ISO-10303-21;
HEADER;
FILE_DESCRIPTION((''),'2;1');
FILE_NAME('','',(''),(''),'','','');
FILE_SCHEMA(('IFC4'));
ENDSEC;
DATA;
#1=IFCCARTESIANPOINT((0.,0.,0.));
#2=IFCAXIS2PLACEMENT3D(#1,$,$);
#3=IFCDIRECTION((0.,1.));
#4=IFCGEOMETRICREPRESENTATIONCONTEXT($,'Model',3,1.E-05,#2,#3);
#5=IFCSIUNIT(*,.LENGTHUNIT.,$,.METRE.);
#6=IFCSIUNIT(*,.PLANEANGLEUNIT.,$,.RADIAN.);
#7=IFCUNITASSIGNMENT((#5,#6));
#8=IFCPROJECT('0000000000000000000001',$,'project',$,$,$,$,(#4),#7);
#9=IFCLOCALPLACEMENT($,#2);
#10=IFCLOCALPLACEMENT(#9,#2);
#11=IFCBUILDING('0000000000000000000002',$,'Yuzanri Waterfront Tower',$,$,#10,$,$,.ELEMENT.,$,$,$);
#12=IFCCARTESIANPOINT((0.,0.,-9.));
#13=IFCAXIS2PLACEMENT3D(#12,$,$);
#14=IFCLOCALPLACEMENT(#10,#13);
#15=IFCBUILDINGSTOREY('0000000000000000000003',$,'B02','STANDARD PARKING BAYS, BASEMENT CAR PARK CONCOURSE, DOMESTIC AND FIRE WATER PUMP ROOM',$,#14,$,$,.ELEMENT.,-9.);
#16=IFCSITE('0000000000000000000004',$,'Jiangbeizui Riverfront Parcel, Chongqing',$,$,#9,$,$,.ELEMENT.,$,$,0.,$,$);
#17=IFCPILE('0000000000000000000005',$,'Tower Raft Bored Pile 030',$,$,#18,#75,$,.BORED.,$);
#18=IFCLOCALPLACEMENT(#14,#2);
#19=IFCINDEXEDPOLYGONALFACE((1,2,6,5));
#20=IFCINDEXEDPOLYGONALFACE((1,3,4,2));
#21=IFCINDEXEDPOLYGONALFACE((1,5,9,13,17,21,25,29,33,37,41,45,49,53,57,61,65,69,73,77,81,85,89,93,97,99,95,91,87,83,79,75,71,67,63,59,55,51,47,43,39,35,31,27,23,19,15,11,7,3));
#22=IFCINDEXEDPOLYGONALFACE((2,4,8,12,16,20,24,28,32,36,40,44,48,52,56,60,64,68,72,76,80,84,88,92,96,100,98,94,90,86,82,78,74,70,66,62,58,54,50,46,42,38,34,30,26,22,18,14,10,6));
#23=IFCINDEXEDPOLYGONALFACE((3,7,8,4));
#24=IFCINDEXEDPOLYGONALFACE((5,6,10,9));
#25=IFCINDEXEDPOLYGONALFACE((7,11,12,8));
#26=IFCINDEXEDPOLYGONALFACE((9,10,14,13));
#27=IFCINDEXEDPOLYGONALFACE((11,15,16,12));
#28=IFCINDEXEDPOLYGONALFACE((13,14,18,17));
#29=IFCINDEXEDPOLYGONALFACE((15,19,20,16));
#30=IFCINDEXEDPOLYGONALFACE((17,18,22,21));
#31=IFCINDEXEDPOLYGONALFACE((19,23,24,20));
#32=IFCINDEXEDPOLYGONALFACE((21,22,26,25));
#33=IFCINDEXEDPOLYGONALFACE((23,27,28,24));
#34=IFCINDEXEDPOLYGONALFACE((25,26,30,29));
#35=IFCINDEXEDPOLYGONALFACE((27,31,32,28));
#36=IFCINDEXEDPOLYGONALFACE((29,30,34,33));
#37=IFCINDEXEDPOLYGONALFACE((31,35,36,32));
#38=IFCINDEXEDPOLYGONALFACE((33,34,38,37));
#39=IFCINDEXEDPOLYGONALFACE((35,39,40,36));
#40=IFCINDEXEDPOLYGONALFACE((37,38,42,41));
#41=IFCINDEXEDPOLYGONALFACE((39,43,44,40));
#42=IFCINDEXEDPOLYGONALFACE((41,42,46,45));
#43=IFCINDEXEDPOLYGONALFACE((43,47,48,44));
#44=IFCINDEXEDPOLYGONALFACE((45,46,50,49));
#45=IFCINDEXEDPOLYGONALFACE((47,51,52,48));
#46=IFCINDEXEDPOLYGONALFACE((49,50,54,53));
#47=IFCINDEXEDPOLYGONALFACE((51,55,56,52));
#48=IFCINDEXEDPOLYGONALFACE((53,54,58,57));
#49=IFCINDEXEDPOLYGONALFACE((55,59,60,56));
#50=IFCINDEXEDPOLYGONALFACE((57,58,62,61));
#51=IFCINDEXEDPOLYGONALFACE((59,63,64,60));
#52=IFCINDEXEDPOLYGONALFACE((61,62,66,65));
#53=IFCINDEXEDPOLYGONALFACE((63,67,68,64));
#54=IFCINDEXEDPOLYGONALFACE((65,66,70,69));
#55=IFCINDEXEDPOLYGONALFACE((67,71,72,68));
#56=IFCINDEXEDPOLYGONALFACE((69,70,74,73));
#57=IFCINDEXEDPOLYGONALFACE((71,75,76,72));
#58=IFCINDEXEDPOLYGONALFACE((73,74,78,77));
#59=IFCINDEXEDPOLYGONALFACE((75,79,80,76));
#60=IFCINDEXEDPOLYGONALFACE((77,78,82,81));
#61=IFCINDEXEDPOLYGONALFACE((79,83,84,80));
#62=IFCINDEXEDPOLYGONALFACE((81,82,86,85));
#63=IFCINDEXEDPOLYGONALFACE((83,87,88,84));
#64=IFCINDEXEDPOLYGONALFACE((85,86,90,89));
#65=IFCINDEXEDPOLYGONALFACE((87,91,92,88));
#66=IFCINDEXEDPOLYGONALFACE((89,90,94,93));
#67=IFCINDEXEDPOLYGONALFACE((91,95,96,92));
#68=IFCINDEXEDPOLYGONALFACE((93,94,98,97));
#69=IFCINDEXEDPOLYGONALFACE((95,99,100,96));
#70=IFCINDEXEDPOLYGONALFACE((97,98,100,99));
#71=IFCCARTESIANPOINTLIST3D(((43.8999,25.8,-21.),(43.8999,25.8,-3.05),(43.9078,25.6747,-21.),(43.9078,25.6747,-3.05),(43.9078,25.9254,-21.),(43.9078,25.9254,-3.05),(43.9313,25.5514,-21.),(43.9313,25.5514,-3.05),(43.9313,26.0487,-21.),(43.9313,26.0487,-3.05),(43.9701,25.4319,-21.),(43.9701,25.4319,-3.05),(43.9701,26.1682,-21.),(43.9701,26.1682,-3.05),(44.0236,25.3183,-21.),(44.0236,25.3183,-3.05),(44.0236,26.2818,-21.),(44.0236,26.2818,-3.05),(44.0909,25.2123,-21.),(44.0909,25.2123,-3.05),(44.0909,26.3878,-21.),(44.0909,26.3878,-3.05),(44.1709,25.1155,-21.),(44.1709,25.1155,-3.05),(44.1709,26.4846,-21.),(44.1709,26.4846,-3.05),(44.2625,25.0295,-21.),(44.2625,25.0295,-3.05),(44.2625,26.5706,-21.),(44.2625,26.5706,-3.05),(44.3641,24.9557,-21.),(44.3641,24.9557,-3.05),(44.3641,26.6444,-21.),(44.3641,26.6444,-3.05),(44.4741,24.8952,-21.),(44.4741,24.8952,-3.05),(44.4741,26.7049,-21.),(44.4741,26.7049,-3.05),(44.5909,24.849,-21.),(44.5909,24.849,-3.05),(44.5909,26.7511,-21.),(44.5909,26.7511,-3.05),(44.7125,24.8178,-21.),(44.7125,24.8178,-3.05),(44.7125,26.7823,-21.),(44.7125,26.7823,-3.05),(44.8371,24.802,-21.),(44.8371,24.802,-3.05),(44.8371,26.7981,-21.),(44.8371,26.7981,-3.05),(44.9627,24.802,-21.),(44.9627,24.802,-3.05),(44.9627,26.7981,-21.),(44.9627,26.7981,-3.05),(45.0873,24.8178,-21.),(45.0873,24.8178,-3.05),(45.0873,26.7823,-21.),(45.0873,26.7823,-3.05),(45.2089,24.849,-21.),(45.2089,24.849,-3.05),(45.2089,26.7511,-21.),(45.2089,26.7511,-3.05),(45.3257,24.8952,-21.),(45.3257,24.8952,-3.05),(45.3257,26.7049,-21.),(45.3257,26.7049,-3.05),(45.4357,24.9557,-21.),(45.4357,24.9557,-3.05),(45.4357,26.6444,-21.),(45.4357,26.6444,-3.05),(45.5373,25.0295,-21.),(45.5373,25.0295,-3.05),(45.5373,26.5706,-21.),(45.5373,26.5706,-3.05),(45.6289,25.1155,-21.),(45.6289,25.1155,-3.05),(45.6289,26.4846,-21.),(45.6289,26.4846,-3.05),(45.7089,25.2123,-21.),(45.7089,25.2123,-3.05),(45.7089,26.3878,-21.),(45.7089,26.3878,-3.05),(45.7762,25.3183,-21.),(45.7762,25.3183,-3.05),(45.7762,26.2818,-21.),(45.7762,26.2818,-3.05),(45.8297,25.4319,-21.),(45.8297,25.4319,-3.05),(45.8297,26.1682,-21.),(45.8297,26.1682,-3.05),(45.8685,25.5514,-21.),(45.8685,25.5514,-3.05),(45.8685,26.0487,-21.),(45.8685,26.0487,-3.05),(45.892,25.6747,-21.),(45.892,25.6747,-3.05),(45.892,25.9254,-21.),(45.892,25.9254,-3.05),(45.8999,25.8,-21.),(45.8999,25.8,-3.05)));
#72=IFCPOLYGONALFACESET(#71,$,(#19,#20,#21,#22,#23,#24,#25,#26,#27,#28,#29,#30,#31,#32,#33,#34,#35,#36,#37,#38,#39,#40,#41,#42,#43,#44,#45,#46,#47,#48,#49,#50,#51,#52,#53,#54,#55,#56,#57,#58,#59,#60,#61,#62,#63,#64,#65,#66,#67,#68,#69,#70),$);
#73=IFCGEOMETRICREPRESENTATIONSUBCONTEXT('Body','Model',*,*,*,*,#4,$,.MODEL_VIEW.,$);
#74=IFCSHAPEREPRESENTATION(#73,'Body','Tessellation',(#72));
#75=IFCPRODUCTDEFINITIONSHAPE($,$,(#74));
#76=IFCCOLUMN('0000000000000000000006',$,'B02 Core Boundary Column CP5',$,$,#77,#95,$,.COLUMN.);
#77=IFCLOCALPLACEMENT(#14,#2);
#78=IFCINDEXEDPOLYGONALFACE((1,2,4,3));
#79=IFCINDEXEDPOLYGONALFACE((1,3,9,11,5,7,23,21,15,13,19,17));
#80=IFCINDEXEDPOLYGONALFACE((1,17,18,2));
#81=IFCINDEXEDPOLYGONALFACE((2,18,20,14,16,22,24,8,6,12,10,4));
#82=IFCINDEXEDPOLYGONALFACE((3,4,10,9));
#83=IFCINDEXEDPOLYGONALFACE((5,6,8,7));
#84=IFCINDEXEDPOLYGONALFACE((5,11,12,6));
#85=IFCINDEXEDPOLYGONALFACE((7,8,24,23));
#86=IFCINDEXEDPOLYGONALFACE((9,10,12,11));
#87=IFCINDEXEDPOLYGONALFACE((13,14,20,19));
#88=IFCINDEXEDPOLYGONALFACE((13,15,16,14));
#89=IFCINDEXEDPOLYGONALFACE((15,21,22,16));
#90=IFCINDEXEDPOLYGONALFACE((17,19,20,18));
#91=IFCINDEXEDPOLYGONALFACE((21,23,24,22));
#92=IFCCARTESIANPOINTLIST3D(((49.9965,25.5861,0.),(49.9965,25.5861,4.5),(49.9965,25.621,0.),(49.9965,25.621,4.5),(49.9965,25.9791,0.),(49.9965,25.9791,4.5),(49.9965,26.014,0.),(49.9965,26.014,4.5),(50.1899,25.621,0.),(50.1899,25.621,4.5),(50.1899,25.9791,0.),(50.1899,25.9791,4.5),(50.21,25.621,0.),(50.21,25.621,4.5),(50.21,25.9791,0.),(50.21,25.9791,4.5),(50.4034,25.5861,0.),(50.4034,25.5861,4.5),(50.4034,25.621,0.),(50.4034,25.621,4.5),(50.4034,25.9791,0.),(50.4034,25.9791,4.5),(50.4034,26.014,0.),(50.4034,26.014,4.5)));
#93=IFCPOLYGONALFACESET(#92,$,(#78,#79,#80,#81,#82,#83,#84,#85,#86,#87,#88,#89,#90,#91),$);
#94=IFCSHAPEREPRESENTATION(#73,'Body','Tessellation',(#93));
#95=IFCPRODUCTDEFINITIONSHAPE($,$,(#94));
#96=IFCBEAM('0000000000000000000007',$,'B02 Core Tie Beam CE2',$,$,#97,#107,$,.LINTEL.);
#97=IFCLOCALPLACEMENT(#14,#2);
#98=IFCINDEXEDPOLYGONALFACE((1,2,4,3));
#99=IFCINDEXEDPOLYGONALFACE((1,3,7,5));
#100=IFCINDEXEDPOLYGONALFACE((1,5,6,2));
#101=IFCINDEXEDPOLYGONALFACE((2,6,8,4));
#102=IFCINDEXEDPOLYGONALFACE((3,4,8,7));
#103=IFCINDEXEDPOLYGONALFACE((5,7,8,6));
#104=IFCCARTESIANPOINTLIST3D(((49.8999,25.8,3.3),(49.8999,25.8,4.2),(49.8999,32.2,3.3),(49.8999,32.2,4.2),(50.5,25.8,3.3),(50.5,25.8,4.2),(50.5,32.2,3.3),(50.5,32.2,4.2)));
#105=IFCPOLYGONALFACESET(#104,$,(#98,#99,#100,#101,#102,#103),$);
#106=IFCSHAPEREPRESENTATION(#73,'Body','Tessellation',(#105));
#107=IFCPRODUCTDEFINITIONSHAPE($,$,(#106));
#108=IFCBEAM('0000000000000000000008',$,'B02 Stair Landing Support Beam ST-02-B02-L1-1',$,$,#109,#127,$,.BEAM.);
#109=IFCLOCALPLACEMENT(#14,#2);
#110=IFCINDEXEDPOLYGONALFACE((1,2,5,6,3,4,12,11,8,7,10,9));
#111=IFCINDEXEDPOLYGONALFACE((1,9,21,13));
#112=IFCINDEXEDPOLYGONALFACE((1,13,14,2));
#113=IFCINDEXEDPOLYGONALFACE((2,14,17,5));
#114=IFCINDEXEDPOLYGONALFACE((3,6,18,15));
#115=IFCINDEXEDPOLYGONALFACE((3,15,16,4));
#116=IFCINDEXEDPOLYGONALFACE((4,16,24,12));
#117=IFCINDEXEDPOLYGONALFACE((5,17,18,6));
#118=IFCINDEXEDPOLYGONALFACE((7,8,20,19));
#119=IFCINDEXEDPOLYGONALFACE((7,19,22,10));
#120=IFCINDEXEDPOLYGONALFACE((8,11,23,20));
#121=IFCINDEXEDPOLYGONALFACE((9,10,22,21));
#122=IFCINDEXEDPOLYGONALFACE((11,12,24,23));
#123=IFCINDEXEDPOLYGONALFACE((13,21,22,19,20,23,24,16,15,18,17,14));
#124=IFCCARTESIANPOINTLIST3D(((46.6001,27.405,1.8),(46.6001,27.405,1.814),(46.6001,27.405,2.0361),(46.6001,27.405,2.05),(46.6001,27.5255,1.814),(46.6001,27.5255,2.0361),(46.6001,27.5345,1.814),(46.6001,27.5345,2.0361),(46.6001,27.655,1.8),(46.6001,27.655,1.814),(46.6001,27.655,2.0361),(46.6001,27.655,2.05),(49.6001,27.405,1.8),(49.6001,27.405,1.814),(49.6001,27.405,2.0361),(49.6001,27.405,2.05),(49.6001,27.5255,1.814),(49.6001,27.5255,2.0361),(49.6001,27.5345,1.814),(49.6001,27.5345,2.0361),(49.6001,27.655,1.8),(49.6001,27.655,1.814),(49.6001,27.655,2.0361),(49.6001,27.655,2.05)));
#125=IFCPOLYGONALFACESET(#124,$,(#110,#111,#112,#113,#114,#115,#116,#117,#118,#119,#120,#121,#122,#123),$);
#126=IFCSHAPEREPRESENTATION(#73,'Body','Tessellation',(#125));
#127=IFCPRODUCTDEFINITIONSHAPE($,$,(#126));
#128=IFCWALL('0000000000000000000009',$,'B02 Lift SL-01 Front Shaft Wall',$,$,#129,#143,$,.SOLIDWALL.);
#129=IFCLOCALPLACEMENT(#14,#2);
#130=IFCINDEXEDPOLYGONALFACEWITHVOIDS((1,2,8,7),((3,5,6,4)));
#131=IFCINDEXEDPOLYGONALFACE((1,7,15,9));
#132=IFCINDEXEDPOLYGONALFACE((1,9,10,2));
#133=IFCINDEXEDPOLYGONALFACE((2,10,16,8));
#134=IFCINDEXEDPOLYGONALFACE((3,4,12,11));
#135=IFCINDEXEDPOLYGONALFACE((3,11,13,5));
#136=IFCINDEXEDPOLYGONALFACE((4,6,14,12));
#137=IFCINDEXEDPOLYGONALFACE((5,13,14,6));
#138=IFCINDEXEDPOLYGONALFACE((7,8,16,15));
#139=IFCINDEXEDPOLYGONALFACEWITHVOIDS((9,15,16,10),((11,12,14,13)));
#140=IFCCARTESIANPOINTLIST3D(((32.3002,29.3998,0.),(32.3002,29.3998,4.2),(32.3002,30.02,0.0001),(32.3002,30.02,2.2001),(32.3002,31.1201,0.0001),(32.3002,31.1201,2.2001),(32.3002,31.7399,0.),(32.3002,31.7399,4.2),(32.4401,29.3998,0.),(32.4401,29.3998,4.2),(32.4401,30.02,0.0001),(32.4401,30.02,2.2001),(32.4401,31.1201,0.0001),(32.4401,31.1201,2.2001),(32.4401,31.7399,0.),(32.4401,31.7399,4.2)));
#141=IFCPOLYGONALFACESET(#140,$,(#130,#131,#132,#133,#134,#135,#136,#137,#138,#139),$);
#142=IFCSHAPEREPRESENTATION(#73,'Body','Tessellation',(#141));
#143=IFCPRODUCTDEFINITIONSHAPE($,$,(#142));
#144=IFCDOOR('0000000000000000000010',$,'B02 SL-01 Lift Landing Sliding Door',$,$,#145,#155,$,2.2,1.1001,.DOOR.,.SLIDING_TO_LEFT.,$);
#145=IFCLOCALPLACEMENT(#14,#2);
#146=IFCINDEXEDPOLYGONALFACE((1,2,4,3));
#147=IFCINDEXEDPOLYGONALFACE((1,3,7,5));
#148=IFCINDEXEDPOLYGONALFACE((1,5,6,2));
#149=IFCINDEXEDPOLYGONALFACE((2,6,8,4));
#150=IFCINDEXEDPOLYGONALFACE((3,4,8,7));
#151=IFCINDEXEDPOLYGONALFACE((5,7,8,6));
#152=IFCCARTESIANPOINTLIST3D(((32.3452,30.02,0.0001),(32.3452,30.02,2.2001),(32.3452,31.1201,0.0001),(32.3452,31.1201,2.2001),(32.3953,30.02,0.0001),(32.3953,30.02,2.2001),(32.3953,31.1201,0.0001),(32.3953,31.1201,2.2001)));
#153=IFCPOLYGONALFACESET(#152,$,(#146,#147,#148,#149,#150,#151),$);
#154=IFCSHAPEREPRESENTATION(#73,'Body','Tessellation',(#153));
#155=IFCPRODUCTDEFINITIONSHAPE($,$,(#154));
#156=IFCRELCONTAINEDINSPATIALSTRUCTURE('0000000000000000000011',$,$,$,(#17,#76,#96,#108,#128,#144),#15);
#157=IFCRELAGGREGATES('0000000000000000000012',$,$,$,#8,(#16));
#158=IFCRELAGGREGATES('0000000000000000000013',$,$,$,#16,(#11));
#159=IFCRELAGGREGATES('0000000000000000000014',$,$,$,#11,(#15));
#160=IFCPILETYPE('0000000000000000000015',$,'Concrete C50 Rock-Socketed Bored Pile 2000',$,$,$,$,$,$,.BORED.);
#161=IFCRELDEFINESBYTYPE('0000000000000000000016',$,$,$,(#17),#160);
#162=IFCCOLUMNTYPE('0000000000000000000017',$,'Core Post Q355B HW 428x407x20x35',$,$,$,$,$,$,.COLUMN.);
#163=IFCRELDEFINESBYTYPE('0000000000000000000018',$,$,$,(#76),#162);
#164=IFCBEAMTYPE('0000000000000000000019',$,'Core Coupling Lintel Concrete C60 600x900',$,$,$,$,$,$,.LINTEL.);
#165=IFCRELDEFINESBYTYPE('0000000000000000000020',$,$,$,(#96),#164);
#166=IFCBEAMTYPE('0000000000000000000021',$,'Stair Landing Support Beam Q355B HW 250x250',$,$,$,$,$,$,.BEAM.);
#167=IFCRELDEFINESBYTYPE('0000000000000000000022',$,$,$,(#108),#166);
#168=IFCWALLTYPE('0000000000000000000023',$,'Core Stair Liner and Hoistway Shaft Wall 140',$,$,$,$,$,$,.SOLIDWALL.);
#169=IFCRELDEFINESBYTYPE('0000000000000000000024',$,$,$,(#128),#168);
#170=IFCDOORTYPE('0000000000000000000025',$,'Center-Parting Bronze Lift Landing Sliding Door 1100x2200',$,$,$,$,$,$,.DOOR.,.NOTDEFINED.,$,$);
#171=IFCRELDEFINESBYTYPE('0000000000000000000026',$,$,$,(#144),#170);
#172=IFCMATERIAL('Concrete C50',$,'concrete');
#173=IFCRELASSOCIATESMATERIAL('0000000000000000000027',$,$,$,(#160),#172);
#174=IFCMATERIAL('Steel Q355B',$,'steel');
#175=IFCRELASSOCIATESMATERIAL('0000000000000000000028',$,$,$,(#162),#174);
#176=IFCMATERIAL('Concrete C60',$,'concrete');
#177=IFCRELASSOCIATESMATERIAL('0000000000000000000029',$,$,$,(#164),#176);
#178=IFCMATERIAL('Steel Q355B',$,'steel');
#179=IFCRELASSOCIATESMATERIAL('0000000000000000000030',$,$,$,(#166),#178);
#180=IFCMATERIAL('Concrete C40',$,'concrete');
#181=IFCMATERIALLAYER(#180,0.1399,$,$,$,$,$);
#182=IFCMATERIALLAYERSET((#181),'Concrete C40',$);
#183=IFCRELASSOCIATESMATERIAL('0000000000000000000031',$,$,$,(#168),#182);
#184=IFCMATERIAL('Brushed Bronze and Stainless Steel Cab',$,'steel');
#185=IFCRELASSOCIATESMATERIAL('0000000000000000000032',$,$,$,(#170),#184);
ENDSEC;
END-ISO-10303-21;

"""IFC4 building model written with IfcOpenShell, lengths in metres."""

from ifc_helpers import new_model, si_unit, direction, frame, frame_2d, origin, origin_2d, place, context, subcontext, project, spatial, rectangle, circle, i_section, extrude, source, transform, mapped, material, layer, layer_set, material_profile, profile_set, type_object, element, fill, save


model = new_model("IFC4")

# Units and contexts
model_context = context("Model", 3, precision=1e-05, world=origin(), true_north=direction((0.0, 1.0)))
body_context = subcontext(model_context, "Body", "Model", "MODEL_VIEW")
ifc_project = project(units=[si_unit("LENGTHUNIT", "METRE"), si_unit("PLANEANGLEUNIT", "RADIAN")], contexts=[model_context])

# Site, building, storey
site_placement = place(None, origin())
site = spatial("IfcSite", under=ifc_project, at=site_placement, Name="Jiangbeizui Riverfront Parcel, Chongqing", CompositionType="ELEMENT", RefElevation=0.0)
building_placement = place(site_placement, origin())
building = spatial("IfcBuilding", under=site, at=building_placement, Name="Yuzanri Waterfront Tower", CompositionType="ELEMENT")
storey_placement = place(building_placement, frame((0.0, 0.0, -9.0)))
storey = spatial("IfcBuildingStorey", under=building, at=storey_placement, Name="B02", Description="STANDARD PARKING BAYS, BASEMENT CAR PARK CONCOURSE, DOMESTIC AND FIRE WATER PUMP ROOM", CompositionType="ELEMENT", Elevation=-9.0)

# Pile
ifc_material_1 = material(Name="Concrete C50", Category="concrete")
ifc_material_profile_1 = material_profile(ifc_material_1, circle(Radius=1.0, at=origin_2d()), Name="PILE D2000")
ifc_profile_set_1 = profile_set([ifc_material_profile_1], Name="Concrete C50")
pile_type = type_object("IfcPileType", Name="Concrete C50 Rock-Socketed Bored Pile 2000", PredefinedType="BORED", material=ifc_profile_set_1)
shared_shape_1 = source(origin(), body_context, "Body", "SweptSolid", [
    extrude(circle(Radius=1.0, at=origin_2d()), origin(), (0.0, 0.0, 1.0), 17.95),
])
pile_placement = place(storey_placement, frame((44.8999, 25.8, -3.05), z_axis=(0.0, 0.0, -1.0), x_axis=(1.0, 0.0, 0.0)))
element("IfcPile", 1, at=pile_placement, inside=storey, type_object=pile_type, Name="Tower Raft Bored Pile 030", PredefinedType="BORED", context=body_context, shape_type="MappedRepresentation", body=[
    mapped(shared_shape_1, transform((0.0, 0.0, 0.0), scale=1.0)),
])

# Column
ifc_material_2 = material(Name="Steel Q355B", Category="steel")
ifc_material_profile_2 = material_profile(ifc_material_2, i_section(OverallWidth=0.407, OverallDepth=0.428, WebThickness=0.02, FlangeThickness=0.0349, at=origin_2d()), Name="HW 428x407x20x35")
ifc_profile_set_2 = profile_set([ifc_material_profile_2], Name="Steel Q355B")
column_type = type_object("IfcColumnType", Name="Core Post Q355B HW 428x407x20x35", PredefinedType="COLUMN", material=ifc_profile_set_2)
shared_shape_2 = source(origin(), body_context, "Body", "SweptSolid", [
    extrude(i_section(OverallWidth=0.407, OverallDepth=0.428, WebThickness=0.02, FlangeThickness=0.0349, at=origin_2d()), origin(), (0.0, 0.0, 1.0), 4.5),
])
column_placement = place(storey_placement, frame((50.2, 25.8, 0.0), z_axis=(0.0, 0.0, 1.0), x_axis=(1.0, 0.0, 0.0)))
element("IfcColumn", 2, at=column_placement, inside=storey, type_object=column_type, Name="B02 Core Boundary Column CP5", PredefinedType="COLUMN", context=body_context, shape_type="MappedRepresentation", body=[
    mapped(shared_shape_2, transform((0.0, 0.0, 0.0), scale=1.0)),
])

# Beams
ifc_material_3 = material(Name="Concrete C60", Category="concrete")
ifc_material_profile_3 = material_profile(ifc_material_3, rectangle(XDim=0.6001, YDim=0.8999, at=origin_2d()), Name="RC 600x900")
ifc_profile_set_3 = profile_set([ifc_material_profile_3], Name="Concrete C60")
beam_type_1 = type_object("IfcBeamType", Name="Core Coupling Lintel Concrete C60 600x900", PredefinedType="LINTEL", material=ifc_profile_set_3)
shared_shape_3 = source(origin(), body_context, "Body", "SweptSolid", [
    extrude(rectangle(XDim=0.6001, YDim=0.8999, at=origin_2d()), origin(), (0.0, 0.0, 1.0), 6.3999),
])
beam_1_placement = place(storey_placement, frame((50.2, 25.8, 3.75), z_axis=(0.0, 1.0, 0.0), x_axis=(-1.0, 0.0, 0.0)))
element("IfcBeam", 3, at=beam_1_placement, inside=storey, type_object=beam_type_1, Name="B02 Core Tie Beam CE2", PredefinedType="LINTEL", context=body_context, shape_type="MappedRepresentation", body=[
    mapped(shared_shape_3, transform((0.0, 0.0, 0.0), scale=1.0)),
])
ifc_material_4 = material(Name="Steel Q355B", Category="steel")
ifc_material_profile_4 = material_profile(ifc_material_4, i_section(OverallWidth=0.25, OverallDepth=0.25, WebThickness=0.009, FlangeThickness=0.0139, at=origin_2d()), Name="HW 250x250x9x14")
ifc_profile_set_4 = profile_set([ifc_material_profile_4], Name="Steel Q355B")
beam_type_2 = type_object("IfcBeamType", Name="Stair Landing Support Beam Q355B HW 250x250", PredefinedType="BEAM", material=ifc_profile_set_4)
shared_shape_4 = source(origin(), body_context, "Body", "SweptSolid", [
    extrude(i_section(OverallWidth=0.25, OverallDepth=0.25, WebThickness=0.009, FlangeThickness=0.0139, at=origin_2d()), origin(), (0.0, 0.0, 1.0), 3.0),
])
beam_2_placement = place(storey_placement, frame((46.6001, 27.53, 1.925), z_axis=(1.0, 0.0, 0.0), x_axis=(0.0, 1.0, 0.0)))
element("IfcBeam", 4, at=beam_2_placement, inside=storey, type_object=beam_type_2, Name="B02 Stair Landing Support Beam ST-02-B02-L1-1", PredefinedType="BEAM", context=body_context, shape_type="MappedRepresentation", body=[
    mapped(shared_shape_4, transform((0.0, 0.0, 0.0), scale=1.0)),
])

# Wall, opening, door
ifc_material_5 = material(Name="Concrete C40", Category="concrete")
ifc_layer_1 = layer(ifc_material_5, 0.1399)
ifc_layer_set_1 = layer_set([ifc_layer_1], Name="Concrete C40")
wall_type_1 = type_object("IfcWallType", Name="Core Stair Liner and Hoistway Shaft Wall 140", PredefinedType="SOLIDWALL", material=ifc_layer_set_1)
wall_1_placement = place(storey_placement, frame((32.3701, 29.3999, 0.0), z_axis=(0.0, 0.0, 1.0), x_axis=(0.0, 1.0, 0.0)))
wall_1 = element("IfcWall", 5, at=wall_1_placement, inside=storey, type_object=wall_type_1, Name="B02 Lift SL-01 Front Shaft Wall", PredefinedType="SOLIDWALL", context=body_context, shape_type="SweptSolid", body=[
    extrude(rectangle(XDim=2.3401, YDim=0.1399, at=frame_2d((1.1699, 0.0))), origin(), (0.0, 0.0, 1.0), 4.2),
])
opening_1_placement = place(wall_1_placement, frame((0.6201, 0.0, 0.0)))
opening_1 = element("IfcOpeningElement", 6, at=opening_1_placement, cuts=wall_1, PredefinedType="OPENING", context=body_context, shape_type="SweptSolid", body=[
    extrude(rectangle(XDim=1.1001, YDim=2.2, at=frame_2d((0.55, 1.1001))), frame((0.0, 0.085, 0.0), z_axis=(0.0, -1.0, 0.0), x_axis=(1.0, 0.0, 0.0)), (0.0, 0.0, 1.0), 0.1697),
])
ifc_material_6 = material(Name="Brushed Bronze and Stainless Steel Cab", Category="steel")
door_type_1 = type_object("IfcDoorType", Name="Center-Parting Bronze Lift Landing Sliding Door 1100x2200", OperationType="NOTDEFINED", PredefinedType="DOOR", material=ifc_material_6)
shared_shape_5 = source(origin(), body_context, "Body", "SweptSolid", [
    extrude(rectangle(XDim=1.1001, YDim=2.2, at=frame_2d((0.55, 1.1001))), frame((0.0, 0.0249, 0.0), z_axis=(0.0, -1.0, 0.0), x_axis=(1.0, 0.0, 0.0)), (0.0, 0.0, 1.0), 0.05),
])
door_1_placement = place(opening_1_placement, origin())
door_1 = element("IfcDoor", 7, at=door_1_placement, inside=storey, type_object=door_type_1, Name="B02 SL-01 Lift Landing Sliding Door", OperationType="SLIDING_TO_LEFT", OverallHeight=2.2, OverallWidth=1.1001, PredefinedType="DOOR", context=body_context, shape_type="MappedRepresentation", body=[
    mapped(shared_shape_5, transform((0.0, 0.0, 0.0), scale=1.0)),
])
fill(opening_1, door_1)

save(model, "model.ifc")
